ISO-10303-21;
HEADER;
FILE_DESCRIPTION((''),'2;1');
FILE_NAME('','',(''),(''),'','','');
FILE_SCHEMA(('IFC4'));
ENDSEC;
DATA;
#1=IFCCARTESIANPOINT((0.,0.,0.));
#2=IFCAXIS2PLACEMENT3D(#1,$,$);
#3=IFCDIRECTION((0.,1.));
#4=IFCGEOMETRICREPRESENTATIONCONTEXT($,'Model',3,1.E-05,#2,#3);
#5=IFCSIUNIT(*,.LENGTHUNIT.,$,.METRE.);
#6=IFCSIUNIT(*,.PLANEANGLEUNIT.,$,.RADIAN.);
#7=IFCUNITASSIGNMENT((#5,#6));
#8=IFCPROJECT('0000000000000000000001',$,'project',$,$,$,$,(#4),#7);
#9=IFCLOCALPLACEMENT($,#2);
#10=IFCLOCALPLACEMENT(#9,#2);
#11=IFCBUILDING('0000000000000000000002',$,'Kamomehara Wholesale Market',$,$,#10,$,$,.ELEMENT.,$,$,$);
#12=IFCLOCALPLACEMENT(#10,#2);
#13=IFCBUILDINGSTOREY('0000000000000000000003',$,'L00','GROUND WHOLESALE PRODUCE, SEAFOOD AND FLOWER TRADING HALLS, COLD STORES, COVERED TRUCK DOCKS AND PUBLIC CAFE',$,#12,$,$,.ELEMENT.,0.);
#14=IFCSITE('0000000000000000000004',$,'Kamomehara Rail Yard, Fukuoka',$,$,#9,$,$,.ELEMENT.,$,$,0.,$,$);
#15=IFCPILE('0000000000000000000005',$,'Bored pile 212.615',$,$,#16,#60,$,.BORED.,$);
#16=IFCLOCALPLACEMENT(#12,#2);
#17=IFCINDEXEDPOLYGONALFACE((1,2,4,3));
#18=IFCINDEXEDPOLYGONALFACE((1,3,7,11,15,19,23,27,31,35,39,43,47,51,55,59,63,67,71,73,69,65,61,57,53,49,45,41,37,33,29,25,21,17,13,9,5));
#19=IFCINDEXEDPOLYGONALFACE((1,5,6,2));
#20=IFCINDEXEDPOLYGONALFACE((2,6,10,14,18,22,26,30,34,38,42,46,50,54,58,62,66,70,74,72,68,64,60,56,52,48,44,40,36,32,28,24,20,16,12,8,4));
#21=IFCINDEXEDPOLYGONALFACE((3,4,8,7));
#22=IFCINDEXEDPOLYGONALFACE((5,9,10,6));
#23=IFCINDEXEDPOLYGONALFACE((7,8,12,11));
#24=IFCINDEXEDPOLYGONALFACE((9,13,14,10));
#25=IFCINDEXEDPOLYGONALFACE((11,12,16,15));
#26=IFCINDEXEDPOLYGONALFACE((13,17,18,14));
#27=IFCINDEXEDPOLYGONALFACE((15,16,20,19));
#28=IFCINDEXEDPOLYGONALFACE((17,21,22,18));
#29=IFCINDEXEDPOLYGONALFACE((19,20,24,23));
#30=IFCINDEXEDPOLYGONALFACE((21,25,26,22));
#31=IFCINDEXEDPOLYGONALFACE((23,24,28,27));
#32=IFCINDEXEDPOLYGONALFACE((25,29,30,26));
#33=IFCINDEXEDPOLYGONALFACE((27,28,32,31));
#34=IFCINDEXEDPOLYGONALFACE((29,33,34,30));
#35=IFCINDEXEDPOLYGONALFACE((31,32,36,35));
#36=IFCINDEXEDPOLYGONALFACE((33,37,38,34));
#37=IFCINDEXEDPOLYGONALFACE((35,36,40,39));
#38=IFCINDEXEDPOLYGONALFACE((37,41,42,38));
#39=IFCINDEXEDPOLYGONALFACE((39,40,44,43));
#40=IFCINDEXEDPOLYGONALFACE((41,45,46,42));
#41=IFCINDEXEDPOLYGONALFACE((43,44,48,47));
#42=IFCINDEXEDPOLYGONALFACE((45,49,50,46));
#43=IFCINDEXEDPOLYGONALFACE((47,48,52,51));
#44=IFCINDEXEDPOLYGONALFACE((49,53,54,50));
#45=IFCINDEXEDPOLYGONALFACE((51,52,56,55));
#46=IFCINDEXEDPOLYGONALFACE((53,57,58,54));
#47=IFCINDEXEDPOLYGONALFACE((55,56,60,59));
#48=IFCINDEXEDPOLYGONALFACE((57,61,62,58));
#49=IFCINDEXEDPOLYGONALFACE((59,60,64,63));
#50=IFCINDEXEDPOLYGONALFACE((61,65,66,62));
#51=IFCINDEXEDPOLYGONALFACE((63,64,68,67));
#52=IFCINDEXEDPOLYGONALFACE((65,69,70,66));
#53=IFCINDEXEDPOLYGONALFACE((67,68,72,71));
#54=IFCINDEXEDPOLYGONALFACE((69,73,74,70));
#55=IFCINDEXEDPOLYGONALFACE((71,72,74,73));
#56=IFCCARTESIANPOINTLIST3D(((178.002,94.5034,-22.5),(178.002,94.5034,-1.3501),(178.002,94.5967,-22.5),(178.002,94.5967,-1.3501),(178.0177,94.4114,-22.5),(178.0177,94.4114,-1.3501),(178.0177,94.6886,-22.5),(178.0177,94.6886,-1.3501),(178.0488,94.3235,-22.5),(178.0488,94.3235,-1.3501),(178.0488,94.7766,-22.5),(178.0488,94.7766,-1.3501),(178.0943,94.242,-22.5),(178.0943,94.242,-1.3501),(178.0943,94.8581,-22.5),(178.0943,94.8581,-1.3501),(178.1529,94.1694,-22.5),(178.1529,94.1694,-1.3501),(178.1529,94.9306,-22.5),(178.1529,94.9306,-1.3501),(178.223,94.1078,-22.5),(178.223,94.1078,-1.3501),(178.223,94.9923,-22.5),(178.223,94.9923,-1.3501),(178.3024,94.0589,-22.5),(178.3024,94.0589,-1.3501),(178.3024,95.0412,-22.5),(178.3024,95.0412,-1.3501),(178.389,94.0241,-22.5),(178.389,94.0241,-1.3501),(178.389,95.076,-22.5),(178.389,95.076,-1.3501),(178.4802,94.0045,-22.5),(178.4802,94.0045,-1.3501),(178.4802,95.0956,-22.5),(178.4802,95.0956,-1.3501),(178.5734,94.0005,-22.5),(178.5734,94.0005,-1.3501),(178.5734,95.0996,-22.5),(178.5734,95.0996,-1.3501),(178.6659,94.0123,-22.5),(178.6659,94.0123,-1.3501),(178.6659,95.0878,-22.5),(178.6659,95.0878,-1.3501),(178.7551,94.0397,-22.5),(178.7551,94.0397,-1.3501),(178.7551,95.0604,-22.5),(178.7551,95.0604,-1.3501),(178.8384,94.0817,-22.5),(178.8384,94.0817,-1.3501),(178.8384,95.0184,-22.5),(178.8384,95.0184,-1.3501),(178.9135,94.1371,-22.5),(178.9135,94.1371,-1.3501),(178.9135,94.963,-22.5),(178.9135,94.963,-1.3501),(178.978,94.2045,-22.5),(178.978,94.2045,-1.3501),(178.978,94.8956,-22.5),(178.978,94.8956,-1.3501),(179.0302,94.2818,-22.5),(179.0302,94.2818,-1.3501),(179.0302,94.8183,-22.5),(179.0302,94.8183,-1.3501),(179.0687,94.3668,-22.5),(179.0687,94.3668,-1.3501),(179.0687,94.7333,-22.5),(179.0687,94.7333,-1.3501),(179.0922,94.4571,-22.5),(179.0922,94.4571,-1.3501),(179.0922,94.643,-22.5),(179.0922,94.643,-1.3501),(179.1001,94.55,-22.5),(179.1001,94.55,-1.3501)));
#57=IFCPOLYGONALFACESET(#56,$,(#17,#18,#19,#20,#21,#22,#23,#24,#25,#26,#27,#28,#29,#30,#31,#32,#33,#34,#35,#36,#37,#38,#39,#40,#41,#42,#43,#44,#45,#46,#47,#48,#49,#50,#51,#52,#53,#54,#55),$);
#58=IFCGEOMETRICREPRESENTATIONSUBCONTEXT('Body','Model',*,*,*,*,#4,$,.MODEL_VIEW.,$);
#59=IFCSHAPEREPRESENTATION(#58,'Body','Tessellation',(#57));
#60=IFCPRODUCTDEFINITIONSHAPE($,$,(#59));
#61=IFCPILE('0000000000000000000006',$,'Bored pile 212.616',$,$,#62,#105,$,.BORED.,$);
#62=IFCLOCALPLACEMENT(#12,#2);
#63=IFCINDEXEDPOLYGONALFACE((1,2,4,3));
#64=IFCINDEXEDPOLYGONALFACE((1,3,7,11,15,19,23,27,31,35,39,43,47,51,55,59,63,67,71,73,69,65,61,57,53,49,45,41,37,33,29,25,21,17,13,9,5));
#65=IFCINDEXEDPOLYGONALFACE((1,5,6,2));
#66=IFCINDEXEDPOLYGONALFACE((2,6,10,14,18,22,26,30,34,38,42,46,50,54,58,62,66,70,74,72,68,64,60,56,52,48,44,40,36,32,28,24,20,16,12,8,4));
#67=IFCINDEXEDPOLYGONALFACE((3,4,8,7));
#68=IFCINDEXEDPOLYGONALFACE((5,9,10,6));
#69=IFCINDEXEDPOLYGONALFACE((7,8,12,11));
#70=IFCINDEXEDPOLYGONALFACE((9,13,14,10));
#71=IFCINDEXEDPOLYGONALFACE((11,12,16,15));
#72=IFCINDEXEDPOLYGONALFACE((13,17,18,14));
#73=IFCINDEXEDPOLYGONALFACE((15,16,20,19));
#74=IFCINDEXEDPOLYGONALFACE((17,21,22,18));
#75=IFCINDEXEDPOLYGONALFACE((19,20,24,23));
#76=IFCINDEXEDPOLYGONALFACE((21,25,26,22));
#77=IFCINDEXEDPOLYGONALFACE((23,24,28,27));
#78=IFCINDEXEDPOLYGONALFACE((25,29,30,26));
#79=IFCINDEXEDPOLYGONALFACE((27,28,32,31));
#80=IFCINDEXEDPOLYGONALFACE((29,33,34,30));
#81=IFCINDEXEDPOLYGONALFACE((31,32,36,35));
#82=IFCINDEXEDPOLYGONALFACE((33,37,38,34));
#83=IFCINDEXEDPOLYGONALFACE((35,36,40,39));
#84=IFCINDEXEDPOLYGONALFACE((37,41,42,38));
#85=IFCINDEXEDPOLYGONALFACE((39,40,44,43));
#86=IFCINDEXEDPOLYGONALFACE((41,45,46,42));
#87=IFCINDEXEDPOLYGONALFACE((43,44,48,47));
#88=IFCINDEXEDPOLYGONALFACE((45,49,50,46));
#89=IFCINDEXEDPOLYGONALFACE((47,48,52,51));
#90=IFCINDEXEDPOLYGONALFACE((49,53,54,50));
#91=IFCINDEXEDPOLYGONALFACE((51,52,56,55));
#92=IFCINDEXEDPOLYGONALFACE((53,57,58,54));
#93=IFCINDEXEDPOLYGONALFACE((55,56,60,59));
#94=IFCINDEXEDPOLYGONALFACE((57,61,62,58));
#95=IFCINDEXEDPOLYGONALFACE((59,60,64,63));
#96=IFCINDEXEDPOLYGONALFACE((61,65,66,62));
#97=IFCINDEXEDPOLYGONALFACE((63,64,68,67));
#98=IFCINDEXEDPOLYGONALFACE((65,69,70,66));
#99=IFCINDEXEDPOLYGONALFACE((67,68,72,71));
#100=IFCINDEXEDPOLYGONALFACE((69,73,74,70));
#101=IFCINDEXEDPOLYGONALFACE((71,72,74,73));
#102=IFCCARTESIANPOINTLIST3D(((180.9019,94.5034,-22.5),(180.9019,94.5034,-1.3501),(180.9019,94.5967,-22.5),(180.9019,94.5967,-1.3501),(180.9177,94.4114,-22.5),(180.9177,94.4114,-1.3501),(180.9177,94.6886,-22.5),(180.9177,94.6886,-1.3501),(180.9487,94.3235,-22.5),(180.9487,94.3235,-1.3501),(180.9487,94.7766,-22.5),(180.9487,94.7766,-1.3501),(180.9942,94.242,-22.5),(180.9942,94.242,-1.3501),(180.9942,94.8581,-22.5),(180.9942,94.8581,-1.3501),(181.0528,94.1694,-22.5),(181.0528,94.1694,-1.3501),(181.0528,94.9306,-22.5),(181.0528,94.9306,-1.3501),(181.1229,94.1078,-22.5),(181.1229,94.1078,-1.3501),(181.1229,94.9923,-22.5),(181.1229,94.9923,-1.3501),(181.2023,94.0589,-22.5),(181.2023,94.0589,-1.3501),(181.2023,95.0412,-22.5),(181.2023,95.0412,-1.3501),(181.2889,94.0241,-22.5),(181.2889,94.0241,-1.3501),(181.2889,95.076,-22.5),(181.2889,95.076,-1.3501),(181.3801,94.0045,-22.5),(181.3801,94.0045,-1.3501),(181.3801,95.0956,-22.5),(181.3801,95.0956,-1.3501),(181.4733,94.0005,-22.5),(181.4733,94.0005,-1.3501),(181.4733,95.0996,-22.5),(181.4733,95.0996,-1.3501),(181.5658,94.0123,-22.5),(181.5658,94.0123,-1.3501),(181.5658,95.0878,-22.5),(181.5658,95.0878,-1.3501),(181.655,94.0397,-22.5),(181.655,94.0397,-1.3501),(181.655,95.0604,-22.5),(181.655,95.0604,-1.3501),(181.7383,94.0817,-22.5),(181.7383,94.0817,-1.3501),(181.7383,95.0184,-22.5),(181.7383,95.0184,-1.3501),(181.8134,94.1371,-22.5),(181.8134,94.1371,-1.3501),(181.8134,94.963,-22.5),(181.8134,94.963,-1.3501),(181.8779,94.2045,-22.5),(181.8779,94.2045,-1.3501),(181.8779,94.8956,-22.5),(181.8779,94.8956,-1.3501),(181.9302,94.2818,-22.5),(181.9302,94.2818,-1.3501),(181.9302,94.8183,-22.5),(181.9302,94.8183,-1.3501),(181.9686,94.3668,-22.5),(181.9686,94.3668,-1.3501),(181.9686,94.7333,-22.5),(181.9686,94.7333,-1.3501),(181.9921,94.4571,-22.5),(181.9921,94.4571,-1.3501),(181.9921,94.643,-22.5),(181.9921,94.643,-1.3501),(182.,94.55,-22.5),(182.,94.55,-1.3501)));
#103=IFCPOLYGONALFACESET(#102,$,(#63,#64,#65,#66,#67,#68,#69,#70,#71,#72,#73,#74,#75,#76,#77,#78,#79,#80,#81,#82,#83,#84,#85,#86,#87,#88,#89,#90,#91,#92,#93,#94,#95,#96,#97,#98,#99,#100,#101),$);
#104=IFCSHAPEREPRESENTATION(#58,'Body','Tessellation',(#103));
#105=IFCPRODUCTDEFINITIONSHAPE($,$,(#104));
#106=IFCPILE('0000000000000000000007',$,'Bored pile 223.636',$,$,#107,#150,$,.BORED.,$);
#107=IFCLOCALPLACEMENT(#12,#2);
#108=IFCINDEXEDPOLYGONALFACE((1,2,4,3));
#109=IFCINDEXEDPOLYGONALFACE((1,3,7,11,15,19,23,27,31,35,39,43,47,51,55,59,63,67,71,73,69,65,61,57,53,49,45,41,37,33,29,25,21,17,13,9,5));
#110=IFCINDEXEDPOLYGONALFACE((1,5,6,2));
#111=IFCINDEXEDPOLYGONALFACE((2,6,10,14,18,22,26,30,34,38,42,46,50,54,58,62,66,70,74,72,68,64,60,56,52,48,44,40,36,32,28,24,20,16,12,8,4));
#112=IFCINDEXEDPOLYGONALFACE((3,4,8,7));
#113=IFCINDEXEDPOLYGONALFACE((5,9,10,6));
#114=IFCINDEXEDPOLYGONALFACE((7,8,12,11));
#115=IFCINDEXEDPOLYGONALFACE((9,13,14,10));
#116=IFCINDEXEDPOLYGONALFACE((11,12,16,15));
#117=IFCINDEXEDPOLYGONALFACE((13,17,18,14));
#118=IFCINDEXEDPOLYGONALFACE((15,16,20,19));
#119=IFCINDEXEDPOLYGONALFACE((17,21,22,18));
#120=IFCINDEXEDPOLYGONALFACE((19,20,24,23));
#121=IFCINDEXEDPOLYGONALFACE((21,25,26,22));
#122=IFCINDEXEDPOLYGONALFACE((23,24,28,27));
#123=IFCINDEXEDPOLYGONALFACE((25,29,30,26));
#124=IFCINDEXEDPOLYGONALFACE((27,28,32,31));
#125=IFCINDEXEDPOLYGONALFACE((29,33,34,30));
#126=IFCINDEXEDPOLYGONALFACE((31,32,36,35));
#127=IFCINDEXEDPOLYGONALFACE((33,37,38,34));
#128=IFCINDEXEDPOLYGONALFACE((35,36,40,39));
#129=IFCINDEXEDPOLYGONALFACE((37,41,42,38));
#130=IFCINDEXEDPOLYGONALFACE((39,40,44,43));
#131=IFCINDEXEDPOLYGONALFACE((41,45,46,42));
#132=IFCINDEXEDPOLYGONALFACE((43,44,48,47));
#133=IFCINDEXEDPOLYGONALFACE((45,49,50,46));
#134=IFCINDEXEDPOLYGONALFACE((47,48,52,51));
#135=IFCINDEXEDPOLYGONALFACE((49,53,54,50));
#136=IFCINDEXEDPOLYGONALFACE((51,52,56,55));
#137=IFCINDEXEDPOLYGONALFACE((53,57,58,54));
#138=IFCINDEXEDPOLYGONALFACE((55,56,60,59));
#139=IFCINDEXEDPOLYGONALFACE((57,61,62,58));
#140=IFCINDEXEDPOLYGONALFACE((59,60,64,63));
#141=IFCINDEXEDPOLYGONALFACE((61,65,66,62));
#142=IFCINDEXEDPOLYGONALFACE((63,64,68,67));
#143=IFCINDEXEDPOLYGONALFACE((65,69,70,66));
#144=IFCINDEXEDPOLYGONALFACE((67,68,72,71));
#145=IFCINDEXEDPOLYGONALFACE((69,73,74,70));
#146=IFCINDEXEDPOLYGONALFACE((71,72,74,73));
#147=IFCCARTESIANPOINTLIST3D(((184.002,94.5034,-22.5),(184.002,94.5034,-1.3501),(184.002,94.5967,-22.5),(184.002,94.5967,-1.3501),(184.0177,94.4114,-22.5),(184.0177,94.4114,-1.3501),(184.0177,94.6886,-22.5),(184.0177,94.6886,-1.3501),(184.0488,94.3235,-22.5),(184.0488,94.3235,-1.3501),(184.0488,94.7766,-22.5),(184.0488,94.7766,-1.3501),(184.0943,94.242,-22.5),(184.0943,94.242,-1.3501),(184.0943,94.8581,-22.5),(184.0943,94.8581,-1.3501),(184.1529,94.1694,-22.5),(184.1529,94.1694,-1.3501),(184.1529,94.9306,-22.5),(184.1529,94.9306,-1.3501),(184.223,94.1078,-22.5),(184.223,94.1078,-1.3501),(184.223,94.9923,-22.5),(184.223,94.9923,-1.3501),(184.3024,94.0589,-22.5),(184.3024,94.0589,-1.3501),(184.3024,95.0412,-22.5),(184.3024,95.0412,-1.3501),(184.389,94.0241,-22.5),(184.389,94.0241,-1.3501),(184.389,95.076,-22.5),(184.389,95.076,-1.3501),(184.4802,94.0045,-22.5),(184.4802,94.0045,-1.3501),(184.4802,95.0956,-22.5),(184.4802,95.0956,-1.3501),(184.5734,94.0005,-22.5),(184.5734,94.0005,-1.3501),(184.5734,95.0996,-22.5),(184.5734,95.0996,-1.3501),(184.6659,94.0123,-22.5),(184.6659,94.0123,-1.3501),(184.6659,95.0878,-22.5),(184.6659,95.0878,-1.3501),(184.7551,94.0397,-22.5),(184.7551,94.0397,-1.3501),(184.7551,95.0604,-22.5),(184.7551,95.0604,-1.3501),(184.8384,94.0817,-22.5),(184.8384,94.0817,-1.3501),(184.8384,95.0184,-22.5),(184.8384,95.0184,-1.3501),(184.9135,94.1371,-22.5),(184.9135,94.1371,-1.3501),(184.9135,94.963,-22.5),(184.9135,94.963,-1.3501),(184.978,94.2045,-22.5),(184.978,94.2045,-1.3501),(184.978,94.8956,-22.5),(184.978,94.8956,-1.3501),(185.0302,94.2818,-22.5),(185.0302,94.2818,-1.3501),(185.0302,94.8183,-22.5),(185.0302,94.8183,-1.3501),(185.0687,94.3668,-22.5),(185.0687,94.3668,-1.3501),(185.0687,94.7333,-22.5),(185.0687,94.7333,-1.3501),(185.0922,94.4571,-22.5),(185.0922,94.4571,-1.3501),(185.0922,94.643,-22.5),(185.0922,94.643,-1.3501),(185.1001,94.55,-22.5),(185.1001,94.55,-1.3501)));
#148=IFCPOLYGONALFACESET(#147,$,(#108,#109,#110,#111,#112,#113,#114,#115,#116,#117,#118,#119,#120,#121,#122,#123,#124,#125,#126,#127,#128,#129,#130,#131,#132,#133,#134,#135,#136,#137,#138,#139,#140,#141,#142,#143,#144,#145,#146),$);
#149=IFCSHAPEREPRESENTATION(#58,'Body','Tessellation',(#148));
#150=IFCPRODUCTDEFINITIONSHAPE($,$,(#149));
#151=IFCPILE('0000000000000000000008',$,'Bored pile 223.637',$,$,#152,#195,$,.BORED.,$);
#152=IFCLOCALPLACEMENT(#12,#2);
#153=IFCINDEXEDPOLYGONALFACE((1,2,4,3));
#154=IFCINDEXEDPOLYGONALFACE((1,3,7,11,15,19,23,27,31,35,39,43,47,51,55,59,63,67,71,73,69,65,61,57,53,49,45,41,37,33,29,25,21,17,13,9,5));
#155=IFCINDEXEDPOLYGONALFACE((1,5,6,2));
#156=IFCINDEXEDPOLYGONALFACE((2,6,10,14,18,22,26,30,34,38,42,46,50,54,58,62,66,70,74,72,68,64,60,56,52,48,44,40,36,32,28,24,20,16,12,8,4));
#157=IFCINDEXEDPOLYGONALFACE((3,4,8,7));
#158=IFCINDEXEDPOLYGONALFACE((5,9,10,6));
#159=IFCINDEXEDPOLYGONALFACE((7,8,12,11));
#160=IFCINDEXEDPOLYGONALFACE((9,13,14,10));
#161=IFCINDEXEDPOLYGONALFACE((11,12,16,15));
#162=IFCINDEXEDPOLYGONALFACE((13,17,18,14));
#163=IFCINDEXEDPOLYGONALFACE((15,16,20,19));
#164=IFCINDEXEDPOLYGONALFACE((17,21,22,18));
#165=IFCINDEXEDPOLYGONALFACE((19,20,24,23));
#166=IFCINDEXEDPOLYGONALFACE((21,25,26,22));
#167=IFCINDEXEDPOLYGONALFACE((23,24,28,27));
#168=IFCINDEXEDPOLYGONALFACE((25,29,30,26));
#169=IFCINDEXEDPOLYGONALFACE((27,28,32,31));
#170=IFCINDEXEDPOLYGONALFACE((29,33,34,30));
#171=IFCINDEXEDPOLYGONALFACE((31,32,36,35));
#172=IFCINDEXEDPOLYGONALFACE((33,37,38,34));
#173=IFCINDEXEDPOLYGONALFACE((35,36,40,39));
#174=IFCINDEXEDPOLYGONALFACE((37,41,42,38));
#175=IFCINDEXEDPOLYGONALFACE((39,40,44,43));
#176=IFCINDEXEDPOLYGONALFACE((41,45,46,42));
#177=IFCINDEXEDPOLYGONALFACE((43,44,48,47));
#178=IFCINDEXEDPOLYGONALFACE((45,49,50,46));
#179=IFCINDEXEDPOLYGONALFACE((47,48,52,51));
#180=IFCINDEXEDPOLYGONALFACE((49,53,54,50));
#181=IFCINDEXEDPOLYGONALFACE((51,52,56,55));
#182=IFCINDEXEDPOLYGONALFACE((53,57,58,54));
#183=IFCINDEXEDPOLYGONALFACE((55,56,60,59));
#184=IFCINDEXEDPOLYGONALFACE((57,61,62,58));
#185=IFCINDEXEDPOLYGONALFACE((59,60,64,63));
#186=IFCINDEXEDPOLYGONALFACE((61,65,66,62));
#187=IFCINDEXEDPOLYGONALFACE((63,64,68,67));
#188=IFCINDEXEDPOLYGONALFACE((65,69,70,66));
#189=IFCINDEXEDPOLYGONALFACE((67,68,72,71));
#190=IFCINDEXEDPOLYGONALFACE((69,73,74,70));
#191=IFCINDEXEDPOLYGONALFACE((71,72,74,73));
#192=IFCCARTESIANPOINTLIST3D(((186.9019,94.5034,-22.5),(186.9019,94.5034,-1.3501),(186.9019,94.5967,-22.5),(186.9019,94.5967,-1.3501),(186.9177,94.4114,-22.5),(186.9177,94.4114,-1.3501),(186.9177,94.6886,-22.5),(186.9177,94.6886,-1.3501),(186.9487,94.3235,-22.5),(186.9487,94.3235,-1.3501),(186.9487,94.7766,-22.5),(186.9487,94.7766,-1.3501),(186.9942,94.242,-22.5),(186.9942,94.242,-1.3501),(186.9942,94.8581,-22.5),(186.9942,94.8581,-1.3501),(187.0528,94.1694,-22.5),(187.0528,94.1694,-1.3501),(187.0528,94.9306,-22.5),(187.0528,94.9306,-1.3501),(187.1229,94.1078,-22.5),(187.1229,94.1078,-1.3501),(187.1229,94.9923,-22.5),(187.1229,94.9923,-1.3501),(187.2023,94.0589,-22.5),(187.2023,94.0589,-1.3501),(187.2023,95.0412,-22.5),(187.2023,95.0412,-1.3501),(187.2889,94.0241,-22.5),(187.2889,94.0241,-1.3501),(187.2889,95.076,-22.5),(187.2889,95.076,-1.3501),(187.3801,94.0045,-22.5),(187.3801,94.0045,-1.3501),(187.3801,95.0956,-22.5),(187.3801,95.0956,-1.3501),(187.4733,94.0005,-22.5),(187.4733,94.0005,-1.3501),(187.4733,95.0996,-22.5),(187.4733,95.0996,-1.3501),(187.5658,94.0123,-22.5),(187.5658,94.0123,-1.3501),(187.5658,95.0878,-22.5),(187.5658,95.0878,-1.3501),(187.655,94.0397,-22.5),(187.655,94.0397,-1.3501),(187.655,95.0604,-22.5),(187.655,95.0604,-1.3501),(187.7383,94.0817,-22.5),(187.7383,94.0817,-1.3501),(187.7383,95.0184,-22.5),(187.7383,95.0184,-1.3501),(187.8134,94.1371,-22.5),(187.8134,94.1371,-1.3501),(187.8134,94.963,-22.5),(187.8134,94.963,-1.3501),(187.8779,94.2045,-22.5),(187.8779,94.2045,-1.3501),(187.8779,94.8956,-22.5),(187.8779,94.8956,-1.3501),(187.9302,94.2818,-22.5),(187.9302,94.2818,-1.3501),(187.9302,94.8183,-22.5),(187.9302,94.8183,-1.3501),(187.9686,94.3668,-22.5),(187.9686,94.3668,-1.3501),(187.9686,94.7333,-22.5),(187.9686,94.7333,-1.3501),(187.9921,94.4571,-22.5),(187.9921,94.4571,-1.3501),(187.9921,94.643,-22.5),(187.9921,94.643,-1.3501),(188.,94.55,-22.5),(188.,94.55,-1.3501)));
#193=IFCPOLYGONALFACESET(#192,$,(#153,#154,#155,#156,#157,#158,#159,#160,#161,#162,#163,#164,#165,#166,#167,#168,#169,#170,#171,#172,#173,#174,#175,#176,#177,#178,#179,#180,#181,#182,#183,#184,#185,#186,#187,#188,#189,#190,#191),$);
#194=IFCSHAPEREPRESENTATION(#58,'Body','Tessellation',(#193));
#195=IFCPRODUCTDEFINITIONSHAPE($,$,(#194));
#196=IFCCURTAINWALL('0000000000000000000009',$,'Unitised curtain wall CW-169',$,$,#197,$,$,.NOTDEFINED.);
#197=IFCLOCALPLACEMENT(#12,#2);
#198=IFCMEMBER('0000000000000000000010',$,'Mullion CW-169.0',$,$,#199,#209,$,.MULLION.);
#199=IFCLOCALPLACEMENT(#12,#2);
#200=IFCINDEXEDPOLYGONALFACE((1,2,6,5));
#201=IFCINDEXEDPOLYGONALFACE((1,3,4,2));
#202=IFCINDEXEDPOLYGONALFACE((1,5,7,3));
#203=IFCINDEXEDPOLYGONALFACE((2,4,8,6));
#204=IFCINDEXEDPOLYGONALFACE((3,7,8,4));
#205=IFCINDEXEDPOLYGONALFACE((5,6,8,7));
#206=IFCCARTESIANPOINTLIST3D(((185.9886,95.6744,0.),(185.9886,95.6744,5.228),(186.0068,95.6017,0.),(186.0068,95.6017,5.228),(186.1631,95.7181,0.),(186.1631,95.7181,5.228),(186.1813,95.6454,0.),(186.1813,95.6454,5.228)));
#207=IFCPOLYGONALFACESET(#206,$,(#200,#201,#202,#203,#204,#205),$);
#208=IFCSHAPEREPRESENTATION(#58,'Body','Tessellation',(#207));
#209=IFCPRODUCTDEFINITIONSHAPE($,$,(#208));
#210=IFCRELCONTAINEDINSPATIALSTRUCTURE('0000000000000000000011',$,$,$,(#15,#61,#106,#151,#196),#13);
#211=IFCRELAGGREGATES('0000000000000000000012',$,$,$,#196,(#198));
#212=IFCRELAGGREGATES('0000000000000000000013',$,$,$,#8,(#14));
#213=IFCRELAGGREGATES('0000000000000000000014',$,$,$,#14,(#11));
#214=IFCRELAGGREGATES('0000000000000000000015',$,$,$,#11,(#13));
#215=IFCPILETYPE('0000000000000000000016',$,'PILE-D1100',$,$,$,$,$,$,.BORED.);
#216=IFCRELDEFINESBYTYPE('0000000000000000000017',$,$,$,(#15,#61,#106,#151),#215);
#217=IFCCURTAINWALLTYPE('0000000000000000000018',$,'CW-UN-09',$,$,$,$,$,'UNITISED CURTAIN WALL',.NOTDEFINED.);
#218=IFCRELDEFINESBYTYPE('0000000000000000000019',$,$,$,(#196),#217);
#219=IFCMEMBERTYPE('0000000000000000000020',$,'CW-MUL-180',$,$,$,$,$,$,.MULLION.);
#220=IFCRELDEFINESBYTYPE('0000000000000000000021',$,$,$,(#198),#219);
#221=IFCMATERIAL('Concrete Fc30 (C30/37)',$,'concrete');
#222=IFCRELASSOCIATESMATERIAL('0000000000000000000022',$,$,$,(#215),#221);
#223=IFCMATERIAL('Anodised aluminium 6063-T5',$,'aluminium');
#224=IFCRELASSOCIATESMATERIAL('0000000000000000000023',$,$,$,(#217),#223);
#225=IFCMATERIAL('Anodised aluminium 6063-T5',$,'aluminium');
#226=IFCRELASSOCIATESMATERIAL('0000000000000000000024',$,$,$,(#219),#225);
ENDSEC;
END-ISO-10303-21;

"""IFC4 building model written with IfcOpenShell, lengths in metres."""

from ifc_helpers import new_model, si_unit, direction, frame, origin, origin_2d, place, context, subcontext, project, spatial, rectangle, circle, extrude, material, material_profile, profile_set, type_object, element, aggregate, save


model = new_model("IFC4")

# Units and contexts
model_context = context("Model", 3, precision=1e-05, world=origin(), true_north=direction((0.0, 1.0)))
body_context = subcontext(model_context, "Body", "Model", "MODEL_VIEW")
ifc_project = project(units=[si_unit("LENGTHUNIT", "METRE"), si_unit("PLANEANGLEUNIT", "RADIAN")], contexts=[model_context])

# Site, building, storey
site_placement = place(None, origin())
site = spatial("IfcSite", under=ifc_project, at=site_placement, Name="Kamomehara Rail Yard, Fukuoka", CompositionType="ELEMENT", RefElevation=0.0)
building_placement = place(site_placement, origin())
building = spatial("IfcBuilding", under=site, at=building_placement, Name="Kamomehara Wholesale Market", CompositionType="ELEMENT")
storey_placement = place(building_placement, origin())
storey = spatial("IfcBuildingStorey", under=building, at=storey_placement, Name="L00", Description="GROUND WHOLESALE PRODUCE, SEAFOOD AND FLOWER TRADING HALLS, COLD STORES, COVERED TRUCK DOCKS AND PUBLIC CAFE", CompositionType="ELEMENT", Elevation=0.0)

# Piles
ifc_material_1 = material(Name="Concrete Fc30 (C30/37)", Category="concrete")
ifc_material_profile_1 = material_profile(ifc_material_1, circle(Radius=0.55, at=origin_2d()), Name="RC-PILE-D1100")
ifc_profile_set_1 = profile_set([ifc_material_profile_1], Name="Concrete Fc30 (C30/37)")
pile_type = type_object("IfcPileType", Name="PILE-D1100", PredefinedType="BORED", material=ifc_profile_set_1)
for number, where, z_axis, x_axis, name in (
    (1, (178.55, 94.55, -1.3501), (0.0, 0.0, -1.0), (1.0, 0.0, 0.0), "Bored pile 212.615"),
    (2, (181.45, 94.55, -1.3501), (0.0, 0.0, -1.0), (1.0, 0.0, 0.0), "Bored pile 212.616"),
    (3, (184.55, 94.55, -1.3501), (0.0, 0.0, -1.0), (1.0, 0.0, 0.0), "Bored pile 223.636"),
    (4, (187.45, 94.55, -1.3501), (0.0, 0.0, -1.0), (1.0, 0.0, 0.0), "Bored pile 223.637"),
):
    element("IfcPile", number, at=place(storey_placement, frame(where, z_axis=z_axis, x_axis=x_axis)), inside=storey, type_object=pile_type, Name=name, PredefinedType="BORED", context=body_context, shape_type="SweptSolid", body=[
        extrude(circle(Radius=0.55, at=origin_2d()), origin(), (0.0, 0.0, 1.0), 21.1499),
    ])

# Curtain wall, member
ifc_material_2 = material(Name="Anodised aluminium 6063-T5", Category="aluminium")
curtain_wall_type = type_object("IfcCurtainWallType", Name="CW-UN-09", ElementType="UNITISED CURTAIN WALL", PredefinedType="NOTDEFINED", material=ifc_material_2)
curtain_wall_1_placement = place(storey_placement, origin())
curtain_wall_1 = element("IfcCurtainWall", 5, at=curtain_wall_1_placement, inside=storey, type_object=curtain_wall_type, Name="Unitised curtain wall CW-169", PredefinedType="NOTDEFINED")
ifc_material_3 = material(Name="Anodised aluminium 6063-T5", Category="aluminium")
ifc_material_profile_2 = material_profile(ifc_material_3, rectangle(XDim=0.075, YDim=0.1799, at=origin_2d()), Name="ALU-MUL-75x180")
ifc_profile_set_2 = profile_set([ifc_material_profile_2], Name="Anodised aluminium 6063-T5")
member_type_1 = type_object("IfcMemberType", Name="CW-MUL-180", PredefinedType="MULLION", material=ifc_profile_set_2)
member_1_placement = place(storey_placement, frame((186.085, 95.6599, 0.0), z_axis=(0.0, 0.0, 1.0), x_axis=(0.242618, -0.970122, 0.0)))
member_1 = element("IfcMember", 6, at=member_1_placement, type_object=member_type_1, Name="Mullion CW-169.0", PredefinedType="MULLION", context=body_context, shape_type="SweptSolid", body=[
    extrude(rectangle(XDim=0.075, YDim=0.1799, at=origin_2d()), origin(), (0.0, 0.0, 1.0), 5.228),
])

aggregate(curtain_wall_1, [member_1])

save(model, "model.ifc")
